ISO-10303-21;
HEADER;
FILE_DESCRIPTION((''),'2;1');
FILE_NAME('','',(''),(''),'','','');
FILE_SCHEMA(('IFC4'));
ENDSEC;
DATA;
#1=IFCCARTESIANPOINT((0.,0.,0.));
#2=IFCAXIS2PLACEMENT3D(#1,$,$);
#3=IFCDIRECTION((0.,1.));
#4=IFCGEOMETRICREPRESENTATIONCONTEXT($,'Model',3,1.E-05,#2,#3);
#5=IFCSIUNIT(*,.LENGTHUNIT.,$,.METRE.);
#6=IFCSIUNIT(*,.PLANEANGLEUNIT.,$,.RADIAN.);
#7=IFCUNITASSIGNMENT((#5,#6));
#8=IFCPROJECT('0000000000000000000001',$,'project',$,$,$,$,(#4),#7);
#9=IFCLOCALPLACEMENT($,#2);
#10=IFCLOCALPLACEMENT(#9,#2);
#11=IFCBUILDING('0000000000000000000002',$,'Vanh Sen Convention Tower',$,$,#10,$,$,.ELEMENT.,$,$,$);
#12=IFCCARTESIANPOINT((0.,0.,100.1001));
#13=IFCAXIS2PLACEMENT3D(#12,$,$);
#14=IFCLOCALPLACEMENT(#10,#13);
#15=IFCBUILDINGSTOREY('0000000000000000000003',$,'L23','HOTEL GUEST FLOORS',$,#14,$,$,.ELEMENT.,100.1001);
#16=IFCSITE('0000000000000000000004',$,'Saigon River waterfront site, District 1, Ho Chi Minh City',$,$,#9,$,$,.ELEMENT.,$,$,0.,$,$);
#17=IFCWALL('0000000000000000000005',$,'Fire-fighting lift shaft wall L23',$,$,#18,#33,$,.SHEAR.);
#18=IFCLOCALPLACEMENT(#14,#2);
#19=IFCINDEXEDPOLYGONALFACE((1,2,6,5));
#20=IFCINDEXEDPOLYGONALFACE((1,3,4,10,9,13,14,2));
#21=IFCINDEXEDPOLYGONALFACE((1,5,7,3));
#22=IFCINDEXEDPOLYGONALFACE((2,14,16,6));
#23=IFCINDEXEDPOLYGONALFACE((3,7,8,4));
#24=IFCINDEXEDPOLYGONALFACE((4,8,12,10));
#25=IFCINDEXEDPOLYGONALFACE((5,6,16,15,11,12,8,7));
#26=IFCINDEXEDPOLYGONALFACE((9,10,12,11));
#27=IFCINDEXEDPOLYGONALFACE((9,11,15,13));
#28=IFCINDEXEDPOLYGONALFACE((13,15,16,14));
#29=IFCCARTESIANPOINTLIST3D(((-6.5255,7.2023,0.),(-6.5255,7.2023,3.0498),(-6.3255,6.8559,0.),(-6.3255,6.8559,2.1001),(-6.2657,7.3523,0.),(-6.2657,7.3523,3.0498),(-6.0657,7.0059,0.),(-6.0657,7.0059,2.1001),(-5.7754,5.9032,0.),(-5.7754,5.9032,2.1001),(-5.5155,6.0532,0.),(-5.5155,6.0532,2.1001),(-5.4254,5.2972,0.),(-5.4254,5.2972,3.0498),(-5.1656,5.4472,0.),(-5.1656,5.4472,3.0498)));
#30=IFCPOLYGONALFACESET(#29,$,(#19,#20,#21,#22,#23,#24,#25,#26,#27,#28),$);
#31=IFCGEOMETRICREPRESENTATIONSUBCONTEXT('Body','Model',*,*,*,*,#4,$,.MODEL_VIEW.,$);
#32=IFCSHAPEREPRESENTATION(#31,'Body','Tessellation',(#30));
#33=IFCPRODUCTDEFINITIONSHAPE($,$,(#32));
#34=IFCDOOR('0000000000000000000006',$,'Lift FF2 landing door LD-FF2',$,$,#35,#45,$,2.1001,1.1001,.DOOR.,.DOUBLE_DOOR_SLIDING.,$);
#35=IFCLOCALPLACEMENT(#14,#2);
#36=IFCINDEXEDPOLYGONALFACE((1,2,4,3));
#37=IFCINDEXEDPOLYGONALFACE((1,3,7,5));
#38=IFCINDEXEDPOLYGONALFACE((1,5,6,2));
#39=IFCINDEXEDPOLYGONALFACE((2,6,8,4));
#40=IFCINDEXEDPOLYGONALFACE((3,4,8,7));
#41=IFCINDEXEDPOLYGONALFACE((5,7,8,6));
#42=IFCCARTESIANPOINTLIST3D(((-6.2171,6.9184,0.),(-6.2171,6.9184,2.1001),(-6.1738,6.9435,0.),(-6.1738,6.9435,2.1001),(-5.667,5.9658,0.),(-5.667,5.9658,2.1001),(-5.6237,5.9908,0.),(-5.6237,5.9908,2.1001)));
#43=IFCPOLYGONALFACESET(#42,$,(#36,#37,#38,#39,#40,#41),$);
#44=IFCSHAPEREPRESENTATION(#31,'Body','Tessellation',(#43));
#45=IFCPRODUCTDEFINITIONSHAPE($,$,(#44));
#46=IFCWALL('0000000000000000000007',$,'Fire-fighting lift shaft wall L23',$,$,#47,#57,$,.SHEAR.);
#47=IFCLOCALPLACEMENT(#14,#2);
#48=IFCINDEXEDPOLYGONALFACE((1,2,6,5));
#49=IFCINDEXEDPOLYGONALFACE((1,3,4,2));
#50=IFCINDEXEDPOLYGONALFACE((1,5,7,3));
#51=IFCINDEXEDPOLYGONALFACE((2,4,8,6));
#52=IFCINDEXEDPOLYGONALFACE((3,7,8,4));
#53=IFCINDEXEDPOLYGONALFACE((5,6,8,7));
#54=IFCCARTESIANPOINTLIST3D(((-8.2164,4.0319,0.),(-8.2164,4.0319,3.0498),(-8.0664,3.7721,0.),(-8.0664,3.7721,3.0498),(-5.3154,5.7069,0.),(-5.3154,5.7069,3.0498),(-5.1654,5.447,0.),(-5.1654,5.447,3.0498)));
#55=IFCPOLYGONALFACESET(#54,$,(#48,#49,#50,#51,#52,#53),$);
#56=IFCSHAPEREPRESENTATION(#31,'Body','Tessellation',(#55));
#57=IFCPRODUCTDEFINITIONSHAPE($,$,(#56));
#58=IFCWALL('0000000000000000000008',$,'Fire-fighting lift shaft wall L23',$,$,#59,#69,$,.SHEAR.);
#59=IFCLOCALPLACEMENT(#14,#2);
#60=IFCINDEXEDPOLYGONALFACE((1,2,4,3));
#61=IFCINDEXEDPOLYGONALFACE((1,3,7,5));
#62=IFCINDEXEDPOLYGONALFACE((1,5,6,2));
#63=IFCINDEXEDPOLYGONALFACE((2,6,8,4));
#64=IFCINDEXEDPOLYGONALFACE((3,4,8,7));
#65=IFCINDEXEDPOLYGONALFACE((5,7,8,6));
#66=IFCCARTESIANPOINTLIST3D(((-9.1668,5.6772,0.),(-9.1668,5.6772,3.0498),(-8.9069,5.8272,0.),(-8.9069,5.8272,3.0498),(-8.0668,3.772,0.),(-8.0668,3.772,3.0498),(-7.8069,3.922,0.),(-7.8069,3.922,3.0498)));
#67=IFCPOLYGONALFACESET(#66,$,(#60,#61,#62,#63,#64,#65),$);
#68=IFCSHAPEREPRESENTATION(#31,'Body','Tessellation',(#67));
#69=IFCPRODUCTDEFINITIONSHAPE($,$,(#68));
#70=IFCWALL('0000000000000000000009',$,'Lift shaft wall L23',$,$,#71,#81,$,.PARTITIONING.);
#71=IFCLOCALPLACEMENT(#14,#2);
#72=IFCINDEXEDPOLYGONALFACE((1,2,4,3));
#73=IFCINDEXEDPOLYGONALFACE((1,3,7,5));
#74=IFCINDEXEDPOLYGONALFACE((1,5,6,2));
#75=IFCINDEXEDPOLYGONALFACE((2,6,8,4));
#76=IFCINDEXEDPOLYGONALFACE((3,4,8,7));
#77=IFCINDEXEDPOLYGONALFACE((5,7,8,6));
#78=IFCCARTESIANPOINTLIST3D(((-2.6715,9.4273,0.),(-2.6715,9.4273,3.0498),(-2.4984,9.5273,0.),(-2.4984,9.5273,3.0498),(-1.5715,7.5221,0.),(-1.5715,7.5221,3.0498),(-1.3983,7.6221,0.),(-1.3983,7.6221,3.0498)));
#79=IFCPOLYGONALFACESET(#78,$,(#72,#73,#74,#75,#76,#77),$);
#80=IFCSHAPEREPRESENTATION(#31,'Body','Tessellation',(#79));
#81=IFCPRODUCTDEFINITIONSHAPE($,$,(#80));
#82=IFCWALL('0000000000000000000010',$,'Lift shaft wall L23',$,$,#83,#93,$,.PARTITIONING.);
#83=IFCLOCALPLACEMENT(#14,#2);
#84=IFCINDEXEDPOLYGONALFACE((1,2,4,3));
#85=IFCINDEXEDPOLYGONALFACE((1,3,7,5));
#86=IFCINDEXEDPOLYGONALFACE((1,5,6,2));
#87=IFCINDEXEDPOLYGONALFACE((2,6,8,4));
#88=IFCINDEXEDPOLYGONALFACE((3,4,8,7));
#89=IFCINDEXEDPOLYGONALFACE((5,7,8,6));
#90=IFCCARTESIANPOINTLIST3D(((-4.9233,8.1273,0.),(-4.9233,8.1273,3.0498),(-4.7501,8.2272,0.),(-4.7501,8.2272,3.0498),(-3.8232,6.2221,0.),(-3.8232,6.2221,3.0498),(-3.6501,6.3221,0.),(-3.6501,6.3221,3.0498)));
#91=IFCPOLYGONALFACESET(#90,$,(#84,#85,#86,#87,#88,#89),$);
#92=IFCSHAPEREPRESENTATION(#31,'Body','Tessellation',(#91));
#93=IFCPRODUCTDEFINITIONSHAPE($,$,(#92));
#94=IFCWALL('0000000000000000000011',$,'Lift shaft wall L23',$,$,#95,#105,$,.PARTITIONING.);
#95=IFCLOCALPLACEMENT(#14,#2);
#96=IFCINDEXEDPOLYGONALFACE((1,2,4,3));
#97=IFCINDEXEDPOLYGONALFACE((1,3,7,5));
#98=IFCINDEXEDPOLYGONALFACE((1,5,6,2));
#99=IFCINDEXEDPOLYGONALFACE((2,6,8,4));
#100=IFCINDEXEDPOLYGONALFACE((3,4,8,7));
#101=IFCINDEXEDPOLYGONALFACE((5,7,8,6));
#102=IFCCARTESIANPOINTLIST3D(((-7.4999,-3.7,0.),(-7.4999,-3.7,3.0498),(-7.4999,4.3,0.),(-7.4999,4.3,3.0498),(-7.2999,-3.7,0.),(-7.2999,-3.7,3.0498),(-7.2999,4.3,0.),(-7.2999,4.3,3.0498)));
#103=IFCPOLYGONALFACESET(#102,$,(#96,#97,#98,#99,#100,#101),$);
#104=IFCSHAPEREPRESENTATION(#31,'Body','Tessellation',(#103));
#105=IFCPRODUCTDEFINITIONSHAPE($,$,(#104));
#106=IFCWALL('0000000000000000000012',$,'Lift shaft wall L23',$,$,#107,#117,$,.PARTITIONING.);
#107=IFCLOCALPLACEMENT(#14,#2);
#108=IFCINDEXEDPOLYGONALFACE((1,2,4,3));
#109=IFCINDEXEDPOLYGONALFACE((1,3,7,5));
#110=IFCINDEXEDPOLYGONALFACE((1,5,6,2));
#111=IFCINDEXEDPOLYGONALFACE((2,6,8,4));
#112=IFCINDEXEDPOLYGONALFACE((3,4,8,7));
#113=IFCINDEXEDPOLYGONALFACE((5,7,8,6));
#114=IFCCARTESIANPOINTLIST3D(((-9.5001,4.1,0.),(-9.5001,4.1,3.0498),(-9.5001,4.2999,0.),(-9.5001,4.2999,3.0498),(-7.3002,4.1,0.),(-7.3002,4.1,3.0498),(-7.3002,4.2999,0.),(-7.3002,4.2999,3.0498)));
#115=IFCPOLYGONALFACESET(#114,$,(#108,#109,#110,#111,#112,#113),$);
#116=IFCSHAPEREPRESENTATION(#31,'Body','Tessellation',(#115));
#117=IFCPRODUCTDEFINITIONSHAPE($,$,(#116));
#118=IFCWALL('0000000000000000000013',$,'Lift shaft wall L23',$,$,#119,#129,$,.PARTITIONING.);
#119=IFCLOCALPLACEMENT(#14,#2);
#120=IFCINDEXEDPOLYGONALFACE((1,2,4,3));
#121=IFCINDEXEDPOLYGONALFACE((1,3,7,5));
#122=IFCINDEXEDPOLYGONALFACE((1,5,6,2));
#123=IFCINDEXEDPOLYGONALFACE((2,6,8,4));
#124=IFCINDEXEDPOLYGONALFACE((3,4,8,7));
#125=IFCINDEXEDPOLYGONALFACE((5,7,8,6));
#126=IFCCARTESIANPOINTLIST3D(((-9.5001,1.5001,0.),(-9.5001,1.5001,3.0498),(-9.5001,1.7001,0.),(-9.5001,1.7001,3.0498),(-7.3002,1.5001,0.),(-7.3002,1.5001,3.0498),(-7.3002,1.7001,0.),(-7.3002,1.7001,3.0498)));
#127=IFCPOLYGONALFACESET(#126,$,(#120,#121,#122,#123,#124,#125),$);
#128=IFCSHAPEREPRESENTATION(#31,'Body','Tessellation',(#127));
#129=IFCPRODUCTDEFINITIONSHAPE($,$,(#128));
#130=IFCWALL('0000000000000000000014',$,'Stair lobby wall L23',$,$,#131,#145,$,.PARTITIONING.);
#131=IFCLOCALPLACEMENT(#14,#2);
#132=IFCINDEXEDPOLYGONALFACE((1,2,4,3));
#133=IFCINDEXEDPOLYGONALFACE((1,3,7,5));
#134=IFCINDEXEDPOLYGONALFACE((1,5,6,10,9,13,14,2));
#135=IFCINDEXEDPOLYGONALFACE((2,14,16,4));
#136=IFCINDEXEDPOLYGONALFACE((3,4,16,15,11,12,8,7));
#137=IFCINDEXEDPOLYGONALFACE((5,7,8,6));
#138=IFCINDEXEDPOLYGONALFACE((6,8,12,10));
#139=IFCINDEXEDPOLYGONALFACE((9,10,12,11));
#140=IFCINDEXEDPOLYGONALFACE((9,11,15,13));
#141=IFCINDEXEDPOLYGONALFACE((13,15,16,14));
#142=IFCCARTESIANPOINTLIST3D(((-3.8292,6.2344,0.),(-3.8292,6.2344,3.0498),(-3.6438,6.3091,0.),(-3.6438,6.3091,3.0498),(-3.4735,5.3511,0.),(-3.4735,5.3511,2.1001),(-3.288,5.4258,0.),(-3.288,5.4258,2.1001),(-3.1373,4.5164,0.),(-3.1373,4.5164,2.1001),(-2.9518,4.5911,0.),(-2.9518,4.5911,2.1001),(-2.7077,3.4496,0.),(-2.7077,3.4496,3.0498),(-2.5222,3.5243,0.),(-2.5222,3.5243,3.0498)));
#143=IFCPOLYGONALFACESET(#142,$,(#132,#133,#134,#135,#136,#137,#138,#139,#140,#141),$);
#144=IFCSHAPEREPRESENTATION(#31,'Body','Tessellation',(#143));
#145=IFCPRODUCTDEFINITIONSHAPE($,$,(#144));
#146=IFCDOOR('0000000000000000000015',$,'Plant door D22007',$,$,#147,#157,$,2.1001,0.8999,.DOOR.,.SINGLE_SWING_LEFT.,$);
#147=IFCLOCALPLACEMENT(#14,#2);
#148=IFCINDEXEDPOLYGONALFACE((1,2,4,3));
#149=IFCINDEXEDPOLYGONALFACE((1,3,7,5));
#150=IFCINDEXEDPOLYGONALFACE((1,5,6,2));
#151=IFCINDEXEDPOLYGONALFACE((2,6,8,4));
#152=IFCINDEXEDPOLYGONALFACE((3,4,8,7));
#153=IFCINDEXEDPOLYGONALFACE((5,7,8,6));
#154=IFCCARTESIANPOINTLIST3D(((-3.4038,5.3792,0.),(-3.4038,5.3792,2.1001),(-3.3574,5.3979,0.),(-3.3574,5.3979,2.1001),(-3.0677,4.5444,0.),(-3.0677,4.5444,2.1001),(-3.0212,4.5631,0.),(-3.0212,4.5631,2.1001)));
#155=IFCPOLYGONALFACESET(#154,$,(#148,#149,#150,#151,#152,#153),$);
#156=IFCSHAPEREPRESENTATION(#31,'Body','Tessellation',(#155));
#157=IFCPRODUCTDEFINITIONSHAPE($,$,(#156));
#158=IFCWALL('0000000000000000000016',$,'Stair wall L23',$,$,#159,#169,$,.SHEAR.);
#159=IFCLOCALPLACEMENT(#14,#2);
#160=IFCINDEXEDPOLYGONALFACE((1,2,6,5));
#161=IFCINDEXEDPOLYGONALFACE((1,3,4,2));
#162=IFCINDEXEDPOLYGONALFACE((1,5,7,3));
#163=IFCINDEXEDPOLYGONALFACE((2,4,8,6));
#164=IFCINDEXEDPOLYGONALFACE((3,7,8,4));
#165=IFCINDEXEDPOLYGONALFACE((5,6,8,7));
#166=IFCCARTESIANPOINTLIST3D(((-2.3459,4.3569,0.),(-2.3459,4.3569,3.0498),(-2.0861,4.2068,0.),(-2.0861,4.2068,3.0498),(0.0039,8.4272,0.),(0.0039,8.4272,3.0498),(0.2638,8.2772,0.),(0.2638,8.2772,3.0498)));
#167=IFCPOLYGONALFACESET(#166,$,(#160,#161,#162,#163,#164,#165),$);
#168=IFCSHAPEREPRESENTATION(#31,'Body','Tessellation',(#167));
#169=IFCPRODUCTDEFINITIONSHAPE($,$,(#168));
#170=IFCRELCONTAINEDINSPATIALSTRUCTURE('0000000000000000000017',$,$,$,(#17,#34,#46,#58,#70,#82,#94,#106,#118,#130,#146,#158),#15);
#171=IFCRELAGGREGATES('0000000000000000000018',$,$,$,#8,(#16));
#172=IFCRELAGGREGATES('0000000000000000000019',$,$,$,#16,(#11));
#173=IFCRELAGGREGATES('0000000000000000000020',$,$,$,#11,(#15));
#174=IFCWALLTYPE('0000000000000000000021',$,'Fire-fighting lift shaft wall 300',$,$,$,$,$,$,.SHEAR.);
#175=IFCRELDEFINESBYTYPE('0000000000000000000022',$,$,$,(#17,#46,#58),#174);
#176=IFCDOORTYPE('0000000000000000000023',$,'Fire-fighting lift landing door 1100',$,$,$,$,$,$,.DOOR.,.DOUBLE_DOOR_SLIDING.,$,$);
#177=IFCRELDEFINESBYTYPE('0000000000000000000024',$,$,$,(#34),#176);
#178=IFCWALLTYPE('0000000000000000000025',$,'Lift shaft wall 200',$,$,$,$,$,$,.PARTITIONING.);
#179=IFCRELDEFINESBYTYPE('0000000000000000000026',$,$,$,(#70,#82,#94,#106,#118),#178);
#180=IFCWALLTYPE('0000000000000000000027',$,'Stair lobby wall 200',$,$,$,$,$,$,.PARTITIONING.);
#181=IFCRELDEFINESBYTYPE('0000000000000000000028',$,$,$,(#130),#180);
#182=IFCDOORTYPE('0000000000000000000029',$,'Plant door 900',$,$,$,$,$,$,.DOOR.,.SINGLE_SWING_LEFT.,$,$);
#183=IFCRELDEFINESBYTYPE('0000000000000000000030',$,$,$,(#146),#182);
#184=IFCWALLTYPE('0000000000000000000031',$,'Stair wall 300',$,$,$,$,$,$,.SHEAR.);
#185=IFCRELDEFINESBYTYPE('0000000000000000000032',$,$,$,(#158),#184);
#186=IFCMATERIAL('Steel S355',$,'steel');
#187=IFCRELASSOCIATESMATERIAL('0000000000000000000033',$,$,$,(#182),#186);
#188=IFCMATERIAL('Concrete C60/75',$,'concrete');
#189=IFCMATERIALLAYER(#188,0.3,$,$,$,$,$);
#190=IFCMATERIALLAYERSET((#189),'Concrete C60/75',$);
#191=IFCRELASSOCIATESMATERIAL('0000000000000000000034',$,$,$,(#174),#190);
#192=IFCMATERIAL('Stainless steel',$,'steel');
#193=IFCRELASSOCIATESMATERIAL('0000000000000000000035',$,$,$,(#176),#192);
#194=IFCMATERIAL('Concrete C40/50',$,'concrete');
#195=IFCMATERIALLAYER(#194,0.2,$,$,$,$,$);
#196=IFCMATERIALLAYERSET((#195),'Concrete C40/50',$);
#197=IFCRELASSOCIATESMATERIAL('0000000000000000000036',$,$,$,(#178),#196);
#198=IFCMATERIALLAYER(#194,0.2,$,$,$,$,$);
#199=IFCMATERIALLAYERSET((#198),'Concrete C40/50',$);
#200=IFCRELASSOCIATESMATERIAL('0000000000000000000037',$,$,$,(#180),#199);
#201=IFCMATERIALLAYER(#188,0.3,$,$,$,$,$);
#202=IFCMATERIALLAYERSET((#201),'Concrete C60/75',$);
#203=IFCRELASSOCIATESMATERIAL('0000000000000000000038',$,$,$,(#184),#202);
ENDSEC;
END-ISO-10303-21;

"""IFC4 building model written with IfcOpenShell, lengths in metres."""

from ifc_helpers import new_model, si_unit, direction, frame, frame_2d, origin, place, context, subcontext, project, spatial, rectangle, extrude, material, layer, layer_set, type_object, element, fill, save


model = new_model("IFC4")

# Units and contexts
model_context = context("Model", 3, precision=1e-05, world=origin(), true_north=direction((0.0, 1.0)))
body_context = subcontext(model_context, "Body", "Model", "MODEL_VIEW")
ifc_project = project(units=[si_unit("LENGTHUNIT", "METRE"), si_unit("PLANEANGLEUNIT", "RADIAN")], contexts=[model_context])

# Site, building, storey
site_placement = place(None, origin())
site = spatial("IfcSite", under=ifc_project, at=site_placement, Name="Saigon River waterfront site, District 1, Ho Chi Minh City", CompositionType="ELEMENT", RefElevation=0.0)
building_placement = place(site_placement, origin())
building = spatial("IfcBuilding", under=site, at=building_placement, Name="Vanh Sen Convention Tower", CompositionType="ELEMENT")
storey_placement = place(building_placement, frame((0.0, 0.0, 100.1001)))
storey = spatial("IfcBuildingStorey", under=building, at=storey_placement, Name="L23", Description="HOTEL GUEST FLOORS", CompositionType="ELEMENT", Elevation=100.1001)

# Wall, opening, door
ifc_material_1 = material(Name="Steel S355", Category="steel")
door_type_1 = type_object("IfcDoorType", Name="Plant door 900", OperationType="SINGLE_SWING_LEFT", PredefinedType="DOOR", material=ifc_material_1)
ifc_material_2 = material(Name="Concrete C60/75", Category="concrete")
ifc_layer_1 = layer(ifc_material_2, 0.3)
ifc_layer_set_1 = layer_set([ifc_layer_1], Name="Concrete C60/75")
wall_type_1 = type_object("IfcWallType", Name="Fire-fighting lift shaft wall 300", PredefinedType="SHEAR", material=ifc_layer_set_1)
wall_1_placement = place(storey_placement, frame((-5.2954, 5.3721, 0.0), z_axis=(0.0, 0.0, 1.0), x_axis=(-0.500078, 0.86598, 0.0)))
wall_1 = element("IfcWall", 1, at=wall_1_placement, inside=storey, type_object=wall_type_1, Name="Fire-fighting lift shaft wall L23", PredefinedType="SHEAR", context=body_context, shape_type="SweptSolid", body=[
    extrude(rectangle(XDim=2.2, YDim=0.3, at=frame_2d((1.1001, 0.0))), origin(), (0.0, 0.0, 1.0), 3.0498),
])
opening_1_placement = place(wall_1_placement, frame((0.7, 0.0, 0.0)))
opening_1 = element("IfcOpeningElement", 2, at=opening_1_placement, cuts=wall_1, PredefinedType="OPENING", context=body_context, shape_type="SweptSolid", body=[
    extrude(rectangle(XDim=1.1001, YDim=2.1001, at=frame_2d((0.55, 1.05))), frame((0.0, 0.1599, 0.0), z_axis=(0.0, -1.0, 0.0), x_axis=(1.0, 0.0, 0.0)), (0.0, 0.0, 1.0), 0.3201),
])
ifc_material_3 = material(Name="Stainless steel", Category="steel")
door_type_2 = type_object("IfcDoorType", Name="Fire-fighting lift landing door 1100", OperationType="DOUBLE_DOOR_SLIDING", PredefinedType="DOOR", material=ifc_material_3)
door_1_placement = place(opening_1_placement, origin())
door_1 = element("IfcDoor", 3, at=door_1_placement, inside=storey, type_object=door_type_2, Name="Lift FF2 landing door LD-FF2", OperationType="DOUBLE_DOOR_SLIDING", OverallHeight=2.1001, OverallWidth=1.1001, PredefinedType="DOOR", context=body_context, shape_type="SweptSolid", body=[
    extrude(rectangle(XDim=1.1001, YDim=2.1001, at=frame_2d((0.55, 1.05))), frame((0.0, 0.0249, 0.0), z_axis=(0.0, -1.0, 0.0), x_axis=(1.0, 0.0, 0.0)), (0.0, 0.0, 1.0), 0.05),
])
fill(opening_1, door_1)

# Walls
wall_2_placement = place(storey_placement, frame((-5.2405, 5.5769, 0.0), z_axis=(0.0, 0.0, 1.0), x_axis=(-0.866014, -0.500019, 0.0)))
element("IfcWall", 4, at=wall_2_placement, inside=storey, type_object=wall_type_1, Name="Fire-fighting lift shaft wall L23", PredefinedType="SHEAR", context=body_context, shape_type="SweptSolid", body=[
    extrude(rectangle(XDim=3.3499, YDim=0.3, at=frame_2d((1.6748, 0.0))), origin(), (0.0, 0.0, 1.0), 3.0498),
])
wall_3_placement = place(storey_placement, frame((-7.9368, 3.8469, 0.0), z_axis=(0.0, 0.0, 1.0), x_axis=(-0.50003, 0.866008, 0.0)))
element("IfcWall", 5, at=wall_3_placement, inside=storey, type_object=wall_type_1, Name="Fire-fighting lift shaft wall L23", PredefinedType="SHEAR", context=body_context, shape_type="SweptSolid", body=[
    extrude(rectangle(XDim=2.2, YDim=0.3, at=frame_2d((1.1001, 0.0))), origin(), (0.0, 0.0, 1.0), 3.0498),
])
ifc_material_4 = material(Name="Concrete C40/50", Category="concrete")
ifc_layer_2 = layer(ifc_material_4, 0.2)
ifc_layer_set_2 = layer_set([ifc_layer_2], Name="Concrete C40/50")
wall_type_2 = type_object("IfcWallType", Name="Lift shaft wall 200", PredefinedType="PARTITIONING", material=ifc_layer_set_2)
for number, where, z_axis, x_axis, name in (
    (6, (-1.4849, 7.572, 0.0), (0.0, 0.0, 1.0), (-0.50003, 0.866008, 0.0), "Lift shaft wall L23"),
    (7, (-3.7366, 6.272, 0.0), (0.0, 0.0, 1.0), (-0.50003, 0.866008, 0.0), "Lift shaft wall L23"),
):
    element("IfcWall", number, at=place(storey_placement, frame(where, z_axis=z_axis, x_axis=x_axis)), inside=storey, type_object=wall_type_2, Name=name, PredefinedType="PARTITIONING", context=body_context, shape_type="SweptSolid", body=[
        extrude(rectangle(XDim=2.2, YDim=0.2, at=frame_2d((1.1001, 0.0))), origin(), (0.0, 0.0, 1.0), 3.0498),
    ])
wall_4_placement = place(storey_placement, frame((-7.3999, 4.3, 0.0), z_axis=(0.0, 0.0, 1.0), x_axis=(0.0, -1.0, 0.0)))
element("IfcWall", 8, at=wall_4_placement, inside=storey, type_object=wall_type_2, Name="Lift shaft wall L23", PredefinedType="PARTITIONING", context=body_context, shape_type="SweptSolid", body=[
    extrude(rectangle(XDim=8.0, YDim=0.2, at=frame_2d((4.0, 0.0))), origin(), (0.0, 0.0, 1.0), 3.0498),
])
for number, where, z_axis, x_axis, name in (
    (9, (-7.3, 4.2, 0.0), (0.0, 0.0, 1.0), (-1.0, 0.0, 0.0), "Lift shaft wall L23"),
    (10, (-7.3, 1.6001, 0.0), (0.0, 0.0, 1.0), (-1.0, 0.0, 0.0), "Lift shaft wall L23"),
):
    element("IfcWall", number, at=place(storey_placement, frame(where, z_axis=z_axis, x_axis=x_axis)), inside=storey, type_object=wall_type_2, Name=name, PredefinedType="PARTITIONING", context=body_context, shape_type="SweptSolid", body=[
        extrude(rectangle(XDim=2.2, YDim=0.2, at=frame_2d((1.1001, 0.0))), origin(), (0.0, 0.0, 1.0), 3.0498),
    ])

# Wall, opening, door
ifc_layer_3 = layer(ifc_material_4, 0.2)
ifc_layer_set_3 = layer_set([ifc_layer_3], Name="Concrete C40/50")
wall_type_3 = type_object("IfcWallType", Name="Stair lobby wall 200", PredefinedType="PARTITIONING", material=ifc_layer_set_3)
wall_5_placement = place(storey_placement, frame((-2.615, 3.4871, 0.0), z_axis=(0.0, 0.0, 1.0), x_axis=(-0.373577, 0.927599, 0.0)))
wall_5 = element("IfcWall", 11, at=wall_5_placement, inside=storey, type_object=wall_type_3, Name="Stair lobby wall L23", PredefinedType="PARTITIONING", context=body_context, shape_type="SweptSolid", body=[
    extrude(rectangle(XDim=3.0022, YDim=0.2, at=frame_2d((1.501, 0.0))), origin(), (0.0, 0.0, 1.0), 3.0498),
])
opening_2_placement = place(wall_5_placement, frame((1.1499, 0.0, 0.0)))
opening_2 = element("IfcOpeningElement", 12, at=opening_2_placement, cuts=wall_5, PredefinedType="OPENING", context=body_context, shape_type="SweptSolid", body=[
    extrude(rectangle(XDim=0.8999, YDim=2.1001, at=frame_2d((0.45, 1.05))), frame((0.0, 0.1099, 0.0), z_axis=(0.0, -1.0, 0.0), x_axis=(1.0, 0.0, 0.0)), (0.0, 0.0, 1.0), 0.22),
])
door_2_placement = place(opening_2_placement, origin())
door_2 = element("IfcDoor", 13, at=door_2_placement, inside=storey, type_object=door_type_1, Name="Plant door D22007", OperationType="SINGLE_SWING_LEFT", OverallHeight=2.1001, OverallWidth=0.8999, PredefinedType="DOOR", context=body_context, shape_type="SweptSolid", body=[
    extrude(rectangle(XDim=0.8999, YDim=2.1001, at=frame_2d((0.45, 1.05))), frame((0.0, 0.0249, 0.0), z_axis=(0.0, -1.0, 0.0), x_axis=(1.0, 0.0, 0.0)), (0.0, 0.0, 1.0), 0.05),
])
fill(opening_2, door_2)

# Wall
ifc_layer_4 = layer(ifc_material_2, 0.3)
ifc_layer_set_4 = layer_set([ifc_layer_4], Name="Concrete C60/75")
wall_type_4 = type_object("IfcWallType", Name="Stair wall 300", PredefinedType="SHEAR", material=ifc_layer_set_4)
wall_6_placement = place(storey_placement, frame((-2.2161, 4.2817, 0.0), z_axis=(0.0, 0.0, 1.0), x_axis=(0.499977, 0.866039, 0.0)))
element("IfcWall", 14, at=wall_6_placement, inside=storey, type_object=wall_type_4, Name="Stair wall L23", PredefinedType="SHEAR", context=body_context, shape_type="SweptSolid", body=[
    extrude(rectangle(XDim=4.7, YDim=0.3, at=frame_2d((2.3501, 0.0))), origin(), (0.0, 0.0, 1.0), 3.0498),
])

save(model, "model.ifc")
